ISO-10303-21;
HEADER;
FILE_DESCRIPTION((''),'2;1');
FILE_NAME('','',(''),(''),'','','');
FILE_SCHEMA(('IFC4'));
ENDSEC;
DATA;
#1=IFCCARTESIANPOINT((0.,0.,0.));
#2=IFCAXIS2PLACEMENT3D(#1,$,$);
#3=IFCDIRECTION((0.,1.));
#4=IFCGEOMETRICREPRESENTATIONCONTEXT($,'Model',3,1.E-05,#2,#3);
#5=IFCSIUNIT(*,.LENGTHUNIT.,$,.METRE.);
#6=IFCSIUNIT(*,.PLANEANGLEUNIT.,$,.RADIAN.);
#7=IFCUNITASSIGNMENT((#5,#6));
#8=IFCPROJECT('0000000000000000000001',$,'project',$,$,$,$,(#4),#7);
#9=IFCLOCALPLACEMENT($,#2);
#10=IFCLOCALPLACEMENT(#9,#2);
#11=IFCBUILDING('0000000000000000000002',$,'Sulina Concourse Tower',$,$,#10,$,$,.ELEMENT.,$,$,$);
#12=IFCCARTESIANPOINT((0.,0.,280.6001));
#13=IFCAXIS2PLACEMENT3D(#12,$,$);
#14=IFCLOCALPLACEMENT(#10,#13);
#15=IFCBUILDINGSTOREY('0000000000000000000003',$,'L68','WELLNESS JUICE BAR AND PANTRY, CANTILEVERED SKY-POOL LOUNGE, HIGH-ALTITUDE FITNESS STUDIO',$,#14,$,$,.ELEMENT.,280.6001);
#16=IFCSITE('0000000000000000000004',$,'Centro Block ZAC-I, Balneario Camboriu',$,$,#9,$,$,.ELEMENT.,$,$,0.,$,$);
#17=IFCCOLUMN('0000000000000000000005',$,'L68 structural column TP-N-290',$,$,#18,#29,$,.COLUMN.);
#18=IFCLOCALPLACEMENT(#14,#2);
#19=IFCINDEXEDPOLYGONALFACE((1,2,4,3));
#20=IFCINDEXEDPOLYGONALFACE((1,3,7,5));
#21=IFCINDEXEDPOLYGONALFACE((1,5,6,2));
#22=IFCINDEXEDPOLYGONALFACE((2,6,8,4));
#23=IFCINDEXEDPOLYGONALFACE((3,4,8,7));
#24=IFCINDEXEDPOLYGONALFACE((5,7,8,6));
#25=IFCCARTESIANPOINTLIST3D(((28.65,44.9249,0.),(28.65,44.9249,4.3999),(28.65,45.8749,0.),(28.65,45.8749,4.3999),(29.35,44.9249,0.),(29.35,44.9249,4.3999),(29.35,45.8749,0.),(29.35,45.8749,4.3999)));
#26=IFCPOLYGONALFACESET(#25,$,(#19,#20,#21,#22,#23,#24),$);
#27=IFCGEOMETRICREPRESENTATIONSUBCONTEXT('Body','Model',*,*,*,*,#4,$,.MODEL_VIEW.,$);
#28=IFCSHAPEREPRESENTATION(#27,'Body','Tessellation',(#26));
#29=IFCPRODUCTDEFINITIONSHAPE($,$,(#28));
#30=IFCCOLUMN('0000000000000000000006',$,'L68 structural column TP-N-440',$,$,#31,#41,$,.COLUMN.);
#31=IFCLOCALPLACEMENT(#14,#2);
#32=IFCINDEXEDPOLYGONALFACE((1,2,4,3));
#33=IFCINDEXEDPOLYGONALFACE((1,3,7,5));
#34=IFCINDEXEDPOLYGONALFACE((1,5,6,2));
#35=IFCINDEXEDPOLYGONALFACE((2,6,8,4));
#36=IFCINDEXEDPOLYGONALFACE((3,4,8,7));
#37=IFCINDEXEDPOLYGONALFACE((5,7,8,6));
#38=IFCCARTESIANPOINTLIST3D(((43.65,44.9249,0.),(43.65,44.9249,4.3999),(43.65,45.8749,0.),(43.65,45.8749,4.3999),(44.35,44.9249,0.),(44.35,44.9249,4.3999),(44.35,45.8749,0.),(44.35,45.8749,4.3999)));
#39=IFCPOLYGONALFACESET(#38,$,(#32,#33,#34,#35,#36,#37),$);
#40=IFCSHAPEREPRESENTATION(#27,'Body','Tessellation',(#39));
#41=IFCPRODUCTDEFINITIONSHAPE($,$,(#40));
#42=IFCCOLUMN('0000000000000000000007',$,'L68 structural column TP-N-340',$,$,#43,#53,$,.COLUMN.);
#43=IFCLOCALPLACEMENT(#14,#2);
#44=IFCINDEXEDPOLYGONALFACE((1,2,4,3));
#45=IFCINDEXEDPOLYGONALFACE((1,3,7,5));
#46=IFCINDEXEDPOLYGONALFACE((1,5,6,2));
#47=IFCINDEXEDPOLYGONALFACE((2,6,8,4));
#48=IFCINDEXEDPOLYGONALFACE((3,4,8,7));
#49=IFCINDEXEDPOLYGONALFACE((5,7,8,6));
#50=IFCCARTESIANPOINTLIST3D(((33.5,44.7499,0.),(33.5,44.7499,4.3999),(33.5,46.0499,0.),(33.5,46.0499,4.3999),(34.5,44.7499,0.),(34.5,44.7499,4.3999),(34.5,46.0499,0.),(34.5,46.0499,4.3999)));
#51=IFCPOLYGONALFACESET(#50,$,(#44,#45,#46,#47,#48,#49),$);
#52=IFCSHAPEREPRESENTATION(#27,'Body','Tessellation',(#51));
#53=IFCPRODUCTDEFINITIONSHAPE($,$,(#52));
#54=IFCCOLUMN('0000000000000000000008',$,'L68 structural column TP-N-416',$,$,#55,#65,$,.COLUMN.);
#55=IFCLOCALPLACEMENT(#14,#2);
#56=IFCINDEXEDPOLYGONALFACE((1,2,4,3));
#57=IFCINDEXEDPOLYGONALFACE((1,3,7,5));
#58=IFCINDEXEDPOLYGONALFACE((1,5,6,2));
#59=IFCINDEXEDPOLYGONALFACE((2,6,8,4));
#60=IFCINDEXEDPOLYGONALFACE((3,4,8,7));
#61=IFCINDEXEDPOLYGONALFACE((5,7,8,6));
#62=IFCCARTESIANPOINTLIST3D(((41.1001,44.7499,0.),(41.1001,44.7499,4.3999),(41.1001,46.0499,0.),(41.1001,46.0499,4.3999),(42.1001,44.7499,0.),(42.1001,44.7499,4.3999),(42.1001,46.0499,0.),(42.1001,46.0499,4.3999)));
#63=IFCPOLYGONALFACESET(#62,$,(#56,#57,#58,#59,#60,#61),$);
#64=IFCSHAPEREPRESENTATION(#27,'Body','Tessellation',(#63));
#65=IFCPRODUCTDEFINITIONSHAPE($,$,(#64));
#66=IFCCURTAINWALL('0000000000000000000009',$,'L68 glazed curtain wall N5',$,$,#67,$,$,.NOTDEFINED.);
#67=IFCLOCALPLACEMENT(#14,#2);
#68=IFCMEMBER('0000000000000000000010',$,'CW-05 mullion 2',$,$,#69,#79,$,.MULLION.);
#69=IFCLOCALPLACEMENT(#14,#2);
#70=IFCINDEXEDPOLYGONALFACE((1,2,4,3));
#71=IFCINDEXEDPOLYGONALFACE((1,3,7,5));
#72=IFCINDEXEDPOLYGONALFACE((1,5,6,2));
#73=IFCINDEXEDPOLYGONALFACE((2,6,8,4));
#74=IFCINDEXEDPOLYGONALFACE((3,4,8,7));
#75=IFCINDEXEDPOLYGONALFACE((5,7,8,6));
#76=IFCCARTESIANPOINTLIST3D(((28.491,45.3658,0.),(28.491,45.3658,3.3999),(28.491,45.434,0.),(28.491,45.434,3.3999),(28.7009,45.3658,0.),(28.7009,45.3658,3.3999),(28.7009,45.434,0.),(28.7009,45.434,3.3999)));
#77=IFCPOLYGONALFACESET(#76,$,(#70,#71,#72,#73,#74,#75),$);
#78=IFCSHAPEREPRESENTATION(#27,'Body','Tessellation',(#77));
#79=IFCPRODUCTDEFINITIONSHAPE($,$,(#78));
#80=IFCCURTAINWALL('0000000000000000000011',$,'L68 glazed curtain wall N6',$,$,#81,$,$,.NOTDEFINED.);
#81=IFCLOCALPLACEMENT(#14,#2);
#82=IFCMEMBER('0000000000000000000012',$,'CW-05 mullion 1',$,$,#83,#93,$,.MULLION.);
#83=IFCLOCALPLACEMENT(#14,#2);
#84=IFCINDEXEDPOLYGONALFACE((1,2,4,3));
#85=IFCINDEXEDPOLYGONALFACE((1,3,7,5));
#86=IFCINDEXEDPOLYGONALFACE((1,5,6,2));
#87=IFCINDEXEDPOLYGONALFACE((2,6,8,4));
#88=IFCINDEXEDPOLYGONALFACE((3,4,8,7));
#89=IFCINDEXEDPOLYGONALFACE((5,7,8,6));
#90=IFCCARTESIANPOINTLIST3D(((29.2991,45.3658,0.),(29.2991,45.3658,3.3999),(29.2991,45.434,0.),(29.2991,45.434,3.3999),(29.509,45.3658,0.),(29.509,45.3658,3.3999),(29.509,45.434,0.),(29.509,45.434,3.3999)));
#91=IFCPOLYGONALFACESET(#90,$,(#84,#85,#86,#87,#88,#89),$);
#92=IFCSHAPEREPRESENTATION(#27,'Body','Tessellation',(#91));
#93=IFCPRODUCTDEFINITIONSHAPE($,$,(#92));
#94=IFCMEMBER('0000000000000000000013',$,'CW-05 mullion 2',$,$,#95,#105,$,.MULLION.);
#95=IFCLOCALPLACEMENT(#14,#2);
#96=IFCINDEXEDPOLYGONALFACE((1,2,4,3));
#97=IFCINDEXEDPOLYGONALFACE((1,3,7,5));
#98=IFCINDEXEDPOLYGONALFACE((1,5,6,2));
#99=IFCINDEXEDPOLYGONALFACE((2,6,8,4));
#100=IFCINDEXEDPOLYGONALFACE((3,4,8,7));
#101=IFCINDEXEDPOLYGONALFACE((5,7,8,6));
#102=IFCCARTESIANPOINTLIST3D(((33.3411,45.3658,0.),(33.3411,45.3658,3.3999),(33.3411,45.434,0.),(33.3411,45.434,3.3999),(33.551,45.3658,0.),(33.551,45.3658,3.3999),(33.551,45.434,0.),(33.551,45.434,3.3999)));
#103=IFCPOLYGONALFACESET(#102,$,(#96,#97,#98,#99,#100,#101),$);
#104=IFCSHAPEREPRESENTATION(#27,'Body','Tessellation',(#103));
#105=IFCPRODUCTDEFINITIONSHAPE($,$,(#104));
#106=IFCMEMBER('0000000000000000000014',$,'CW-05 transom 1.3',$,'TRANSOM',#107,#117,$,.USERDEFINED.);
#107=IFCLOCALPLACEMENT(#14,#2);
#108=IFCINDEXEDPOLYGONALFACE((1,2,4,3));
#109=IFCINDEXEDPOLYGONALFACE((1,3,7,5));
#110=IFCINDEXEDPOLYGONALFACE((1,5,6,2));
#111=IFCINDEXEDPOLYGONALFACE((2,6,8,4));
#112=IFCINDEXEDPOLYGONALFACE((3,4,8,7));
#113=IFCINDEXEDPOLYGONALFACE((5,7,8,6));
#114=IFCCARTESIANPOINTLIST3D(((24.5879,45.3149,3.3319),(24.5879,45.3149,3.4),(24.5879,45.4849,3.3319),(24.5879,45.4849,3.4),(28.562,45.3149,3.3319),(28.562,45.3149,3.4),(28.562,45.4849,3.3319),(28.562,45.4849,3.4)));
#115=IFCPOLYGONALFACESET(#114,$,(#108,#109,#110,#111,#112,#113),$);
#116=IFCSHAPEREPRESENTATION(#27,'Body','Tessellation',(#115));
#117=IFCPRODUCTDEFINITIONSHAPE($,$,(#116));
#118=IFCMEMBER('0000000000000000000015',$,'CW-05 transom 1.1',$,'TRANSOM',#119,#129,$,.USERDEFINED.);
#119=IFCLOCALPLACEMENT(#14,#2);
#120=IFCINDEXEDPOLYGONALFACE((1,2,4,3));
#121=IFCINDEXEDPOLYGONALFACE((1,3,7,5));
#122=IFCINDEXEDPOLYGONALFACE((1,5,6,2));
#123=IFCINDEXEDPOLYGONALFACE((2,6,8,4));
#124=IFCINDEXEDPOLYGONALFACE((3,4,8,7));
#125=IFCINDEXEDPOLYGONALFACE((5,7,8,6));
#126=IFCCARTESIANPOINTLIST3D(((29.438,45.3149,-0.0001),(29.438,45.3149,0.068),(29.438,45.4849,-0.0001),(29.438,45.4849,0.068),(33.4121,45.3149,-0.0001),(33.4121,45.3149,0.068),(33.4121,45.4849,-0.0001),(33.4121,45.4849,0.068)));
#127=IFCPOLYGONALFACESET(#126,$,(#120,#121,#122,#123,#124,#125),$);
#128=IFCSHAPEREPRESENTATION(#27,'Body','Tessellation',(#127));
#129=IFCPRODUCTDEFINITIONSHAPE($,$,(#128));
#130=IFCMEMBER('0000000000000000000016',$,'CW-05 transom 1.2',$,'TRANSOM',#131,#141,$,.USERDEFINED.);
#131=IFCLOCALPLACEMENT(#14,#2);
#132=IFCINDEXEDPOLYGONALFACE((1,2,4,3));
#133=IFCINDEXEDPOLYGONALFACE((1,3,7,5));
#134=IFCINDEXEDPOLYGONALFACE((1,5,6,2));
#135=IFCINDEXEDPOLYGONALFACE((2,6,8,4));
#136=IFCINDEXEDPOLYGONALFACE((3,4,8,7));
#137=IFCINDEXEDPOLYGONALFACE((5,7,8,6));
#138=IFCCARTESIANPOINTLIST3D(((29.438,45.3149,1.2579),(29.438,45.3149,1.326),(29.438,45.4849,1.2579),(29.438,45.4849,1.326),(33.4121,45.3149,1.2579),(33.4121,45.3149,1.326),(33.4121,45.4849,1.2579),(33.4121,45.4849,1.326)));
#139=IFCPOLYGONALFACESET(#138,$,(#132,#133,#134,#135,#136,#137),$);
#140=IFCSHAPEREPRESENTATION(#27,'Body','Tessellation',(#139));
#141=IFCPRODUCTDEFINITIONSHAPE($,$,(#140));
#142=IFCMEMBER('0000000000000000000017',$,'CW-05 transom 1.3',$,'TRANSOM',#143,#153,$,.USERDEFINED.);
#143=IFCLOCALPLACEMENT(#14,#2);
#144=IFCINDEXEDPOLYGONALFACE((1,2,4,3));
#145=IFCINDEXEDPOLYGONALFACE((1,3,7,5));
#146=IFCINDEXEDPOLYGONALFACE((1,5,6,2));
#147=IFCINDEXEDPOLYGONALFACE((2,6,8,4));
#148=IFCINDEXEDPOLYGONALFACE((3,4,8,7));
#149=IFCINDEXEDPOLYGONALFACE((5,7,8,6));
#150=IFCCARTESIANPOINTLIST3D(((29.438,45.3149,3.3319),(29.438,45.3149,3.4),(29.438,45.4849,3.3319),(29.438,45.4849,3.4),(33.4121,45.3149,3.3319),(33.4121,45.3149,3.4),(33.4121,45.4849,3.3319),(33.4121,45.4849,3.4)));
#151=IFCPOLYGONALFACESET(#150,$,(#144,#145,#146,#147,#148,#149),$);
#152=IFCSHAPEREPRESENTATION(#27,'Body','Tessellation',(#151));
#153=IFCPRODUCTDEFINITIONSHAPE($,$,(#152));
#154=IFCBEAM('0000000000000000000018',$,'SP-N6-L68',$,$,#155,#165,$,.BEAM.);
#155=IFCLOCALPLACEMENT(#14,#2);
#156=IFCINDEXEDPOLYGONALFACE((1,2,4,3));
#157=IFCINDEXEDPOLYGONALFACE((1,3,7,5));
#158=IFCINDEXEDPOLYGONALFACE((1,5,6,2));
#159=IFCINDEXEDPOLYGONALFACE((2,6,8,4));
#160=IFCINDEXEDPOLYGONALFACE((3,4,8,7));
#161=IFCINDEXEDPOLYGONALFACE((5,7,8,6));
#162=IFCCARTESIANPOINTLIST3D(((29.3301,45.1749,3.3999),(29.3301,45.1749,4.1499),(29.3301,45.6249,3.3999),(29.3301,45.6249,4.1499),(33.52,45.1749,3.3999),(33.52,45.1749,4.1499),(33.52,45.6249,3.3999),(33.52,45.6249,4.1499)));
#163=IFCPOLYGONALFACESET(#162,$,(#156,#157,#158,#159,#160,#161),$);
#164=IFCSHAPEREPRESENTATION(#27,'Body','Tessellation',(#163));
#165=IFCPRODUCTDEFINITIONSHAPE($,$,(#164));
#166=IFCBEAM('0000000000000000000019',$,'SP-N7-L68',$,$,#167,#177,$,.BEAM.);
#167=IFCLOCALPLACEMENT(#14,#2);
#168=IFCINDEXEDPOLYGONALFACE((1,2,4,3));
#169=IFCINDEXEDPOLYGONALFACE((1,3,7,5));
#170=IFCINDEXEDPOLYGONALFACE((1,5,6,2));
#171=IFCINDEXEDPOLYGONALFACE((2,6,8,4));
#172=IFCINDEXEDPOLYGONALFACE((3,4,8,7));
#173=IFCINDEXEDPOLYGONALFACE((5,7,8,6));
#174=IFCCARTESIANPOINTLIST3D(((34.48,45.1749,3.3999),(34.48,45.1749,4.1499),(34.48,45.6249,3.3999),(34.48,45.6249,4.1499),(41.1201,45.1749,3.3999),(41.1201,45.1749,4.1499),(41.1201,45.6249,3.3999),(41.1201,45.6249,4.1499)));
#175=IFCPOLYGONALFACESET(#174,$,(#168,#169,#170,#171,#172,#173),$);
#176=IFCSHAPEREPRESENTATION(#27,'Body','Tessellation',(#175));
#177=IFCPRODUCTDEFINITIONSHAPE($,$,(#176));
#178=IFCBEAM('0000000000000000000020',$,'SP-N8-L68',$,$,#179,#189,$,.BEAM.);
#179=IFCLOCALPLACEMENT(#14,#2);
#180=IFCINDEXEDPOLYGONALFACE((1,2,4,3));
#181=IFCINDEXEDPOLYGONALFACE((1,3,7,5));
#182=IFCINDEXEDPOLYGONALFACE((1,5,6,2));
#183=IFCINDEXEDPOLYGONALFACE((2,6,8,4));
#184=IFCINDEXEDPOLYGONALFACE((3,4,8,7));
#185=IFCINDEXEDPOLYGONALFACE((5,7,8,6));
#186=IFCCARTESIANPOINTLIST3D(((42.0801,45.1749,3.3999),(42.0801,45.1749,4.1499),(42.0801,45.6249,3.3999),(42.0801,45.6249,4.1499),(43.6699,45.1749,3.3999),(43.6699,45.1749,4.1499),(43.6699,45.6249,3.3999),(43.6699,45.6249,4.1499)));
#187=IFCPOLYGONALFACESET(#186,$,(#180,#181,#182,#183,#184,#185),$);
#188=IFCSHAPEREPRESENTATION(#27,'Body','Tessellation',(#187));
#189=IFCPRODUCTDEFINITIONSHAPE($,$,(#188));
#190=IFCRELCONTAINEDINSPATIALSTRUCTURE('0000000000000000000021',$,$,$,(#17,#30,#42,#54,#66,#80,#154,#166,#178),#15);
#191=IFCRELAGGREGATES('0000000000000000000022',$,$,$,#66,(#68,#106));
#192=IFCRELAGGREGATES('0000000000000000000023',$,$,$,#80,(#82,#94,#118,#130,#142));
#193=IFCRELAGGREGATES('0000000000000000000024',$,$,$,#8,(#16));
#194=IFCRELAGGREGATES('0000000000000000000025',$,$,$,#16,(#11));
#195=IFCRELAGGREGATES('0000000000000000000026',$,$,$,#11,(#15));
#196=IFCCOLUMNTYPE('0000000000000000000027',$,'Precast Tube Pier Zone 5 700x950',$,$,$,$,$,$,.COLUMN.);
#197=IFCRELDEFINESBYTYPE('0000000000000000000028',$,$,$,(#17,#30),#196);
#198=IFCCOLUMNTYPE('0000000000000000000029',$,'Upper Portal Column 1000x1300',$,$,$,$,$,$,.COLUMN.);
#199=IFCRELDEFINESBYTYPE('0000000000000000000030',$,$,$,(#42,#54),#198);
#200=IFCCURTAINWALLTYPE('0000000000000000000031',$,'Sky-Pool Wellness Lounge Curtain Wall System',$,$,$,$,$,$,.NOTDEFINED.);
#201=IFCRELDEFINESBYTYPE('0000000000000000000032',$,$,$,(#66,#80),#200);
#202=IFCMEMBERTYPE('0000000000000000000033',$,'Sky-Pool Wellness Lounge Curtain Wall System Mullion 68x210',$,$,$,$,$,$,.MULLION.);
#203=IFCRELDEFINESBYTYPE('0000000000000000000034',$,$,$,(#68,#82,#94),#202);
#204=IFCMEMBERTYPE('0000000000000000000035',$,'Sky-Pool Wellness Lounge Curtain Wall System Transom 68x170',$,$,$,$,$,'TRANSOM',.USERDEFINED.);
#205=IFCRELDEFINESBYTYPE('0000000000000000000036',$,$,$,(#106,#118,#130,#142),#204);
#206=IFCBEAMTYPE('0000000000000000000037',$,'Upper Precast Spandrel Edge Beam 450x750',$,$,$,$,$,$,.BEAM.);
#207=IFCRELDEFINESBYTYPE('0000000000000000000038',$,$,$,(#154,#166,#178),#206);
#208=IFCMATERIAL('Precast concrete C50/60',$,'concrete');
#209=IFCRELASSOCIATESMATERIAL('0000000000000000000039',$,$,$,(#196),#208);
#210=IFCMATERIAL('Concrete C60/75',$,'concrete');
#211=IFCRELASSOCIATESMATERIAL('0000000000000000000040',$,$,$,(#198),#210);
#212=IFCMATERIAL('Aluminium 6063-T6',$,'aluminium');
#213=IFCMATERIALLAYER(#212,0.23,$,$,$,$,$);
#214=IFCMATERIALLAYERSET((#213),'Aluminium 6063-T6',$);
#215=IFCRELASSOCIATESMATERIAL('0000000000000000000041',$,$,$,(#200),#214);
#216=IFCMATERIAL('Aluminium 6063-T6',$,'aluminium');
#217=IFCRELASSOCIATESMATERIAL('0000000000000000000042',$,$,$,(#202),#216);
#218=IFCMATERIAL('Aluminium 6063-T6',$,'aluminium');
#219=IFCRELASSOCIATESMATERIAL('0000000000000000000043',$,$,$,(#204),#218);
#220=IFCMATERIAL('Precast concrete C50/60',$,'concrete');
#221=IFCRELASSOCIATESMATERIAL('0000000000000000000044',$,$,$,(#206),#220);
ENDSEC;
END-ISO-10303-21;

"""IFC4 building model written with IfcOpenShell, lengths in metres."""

from ifc_helpers import new_model, si_unit, direction, frame, origin, origin_2d, place, context, subcontext, project, spatial, rectangle, extrude, material, layer, layer_set, material_profile, profile_set, type_object, element, aggregate, save


model = new_model("IFC4")

# Units and contexts
model_context = context("Model", 3, precision=1e-05, world=origin(), true_north=direction((0.0, 1.0)))
body_context = subcontext(model_context, "Body", "Model", "MODEL_VIEW")
ifc_project = project(units=[si_unit("LENGTHUNIT", "METRE"), si_unit("PLANEANGLEUNIT", "RADIAN")], contexts=[model_context])

# Site, building, storey
site_placement = place(None, origin())
site = spatial("IfcSite", under=ifc_project, at=site_placement, Name="Centro Block ZAC-I, Balneario Camboriu", CompositionType="ELEMENT", RefElevation=0.0)
building_placement = place(site_placement, origin())
building = spatial("IfcBuilding", under=site, at=building_placement, Name="Sulina Concourse Tower", CompositionType="ELEMENT")
storey_placement = place(building_placement, frame((0.0, 0.0, 280.6001)))
storey = spatial("IfcBuildingStorey", under=building, at=storey_placement, Name="L68", Description="WELLNESS JUICE BAR AND PANTRY, CANTILEVERED SKY-POOL LOUNGE, HIGH-ALTITUDE FITNESS STUDIO", CompositionType="ELEMENT", Elevation=280.6001)

# Columns
ifc_material_1 = material(Name="Precast concrete C50/60", Category="concrete")
ifc_material_profile_1 = material_profile(ifc_material_1, rectangle(XDim=0.7, YDim=0.95, at=origin_2d()), Name="PC 700x950")
ifc_profile_set_1 = profile_set([ifc_material_profile_1], Name="Precast concrete C50/60")
column_type_1 = type_object("IfcColumnType", Name="Precast Tube Pier Zone 5 700x950", PredefinedType="COLUMN", material=ifc_profile_set_1)
for number, where, z_axis, x_axis, name in (
    (1, (29.0, 45.3999, 0.0), (0.0, 0.0, 1.0), (1.0, 0.0, 0.0), "L68 structural column TP-N-290"),
    (2, (44.0, 45.3999, 0.0), (0.0, 0.0, 1.0), (1.0, 0.0, 0.0), "L68 structural column TP-N-440"),
):
    element("IfcColumn", number, at=place(storey_placement, frame(where, z_axis=z_axis, x_axis=x_axis)), inside=storey, type_object=column_type_1, Name=name, PredefinedType="COLUMN", context=body_context, shape_type="SweptSolid", body=[
        extrude(rectangle(XDim=0.7, YDim=0.95, at=origin_2d()), origin(), (0.0, 0.0, 1.0), 4.3999),
    ])
ifc_material_2 = material(Name="Concrete C60/75", Category="concrete")
ifc_material_profile_2 = material_profile(ifc_material_2, rectangle(XDim=1.0, YDim=1.3, at=origin_2d()), Name="RC 1000x1300")
ifc_profile_set_2 = profile_set([ifc_material_profile_2], Name="Concrete C60/75")
column_type_2 = type_object("IfcColumnType", Name="Upper Portal Column 1000x1300", PredefinedType="COLUMN", material=ifc_profile_set_2)
for number, where, z_axis, x_axis, name in (
    (3, (34.0, 45.3999, 0.0), (0.0, 0.0, 1.0), (1.0, 0.0, 0.0), "L68 structural column TP-N-340"),
    (4, (41.6001, 45.3999, 0.0), (0.0, 0.0, 1.0), (1.0, 0.0, 0.0), "L68 structural column TP-N-416"),
):
    element("IfcColumn", number, at=place(storey_placement, frame(where, z_axis=z_axis, x_axis=x_axis)), inside=storey, type_object=column_type_2, Name=name, PredefinedType="COLUMN", context=body_context, shape_type="SweptSolid", body=[
        extrude(rectangle(XDim=1.0, YDim=1.3, at=origin_2d()), origin(), (0.0, 0.0, 1.0), 4.3999),
    ])

# Curtain wall, member
ifc_material_3 = material(Name="Aluminium 6063-T6", Category="aluminium")
ifc_layer_1 = layer(ifc_material_3, 0.23)
ifc_layer_set_1 = layer_set([ifc_layer_1], Name="Aluminium 6063-T6")
curtain_wall_type = type_object("IfcCurtainWallType", Name="Sky-Pool Wellness Lounge Curtain Wall System", PredefinedType="NOTDEFINED", material=ifc_layer_set_1)
curtain_wall_1_placement = place(storey_placement, origin())
curtain_wall_1 = element("IfcCurtainWall", 5, at=curtain_wall_1_placement, inside=storey, type_object=curtain_wall_type, Name="L68 glazed curtain wall N5", PredefinedType="NOTDEFINED")
ifc_material_4 = material(Name="Aluminium 6063-T6", Category="aluminium")
ifc_material_profile_3 = material_profile(ifc_material_4, rectangle(XDim=0.0681, YDim=0.21, at=origin_2d()), Name="MUL 68x210")
ifc_profile_set_3 = profile_set([ifc_material_profile_3], Name="Aluminium 6063-T6")
member_type_1 = type_object("IfcMemberType", Name="Sky-Pool Wellness Lounge Curtain Wall System Mullion 68x210", PredefinedType="MULLION", material=ifc_profile_set_3)
member_1_placement = place(storey_placement, frame((28.5959, 45.3999, 0.0), z_axis=(0.0, 0.0, 1.0), x_axis=(0.0, 1.0, 0.0)))
member_1 = element("IfcMember", 6, at=member_1_placement, type_object=member_type_1, Name="CW-05 mullion 2", PredefinedType="MULLION", context=body_context, shape_type="SweptSolid", body=[
    extrude(rectangle(XDim=0.0681, YDim=0.21, at=origin_2d()), origin(), (0.0, 0.0, 1.0), 3.3999),
])

# Curtain wall, members
curtain_wall_2_placement = place(storey_placement, origin())
curtain_wall_2 = element("IfcCurtainWall", 7, at=curtain_wall_2_placement, inside=storey, type_object=curtain_wall_type, Name="L68 glazed curtain wall N6", PredefinedType="NOTDEFINED")
member_2_placement = place(storey_placement, frame((29.4041, 45.3999, 0.0), z_axis=(0.0, 0.0, 1.0), x_axis=(0.0, 1.0, 0.0)))
member_2 = element("IfcMember", 8, at=member_2_placement, type_object=member_type_1, Name="CW-05 mullion 1", PredefinedType="MULLION", context=body_context, shape_type="SweptSolid", body=[
    extrude(rectangle(XDim=0.0681, YDim=0.21, at=origin_2d()), origin(), (0.0, 0.0, 1.0), 3.3999),
])
member_3_placement = place(storey_placement, frame((33.446, 45.3999, 0.0), z_axis=(0.0, 0.0, 1.0), x_axis=(0.0, 1.0, 0.0)))
member_3 = element("IfcMember", 9, at=member_3_placement, type_object=member_type_1, Name="CW-05 mullion 2", PredefinedType="MULLION", context=body_context, shape_type="SweptSolid", body=[
    extrude(rectangle(XDim=0.0681, YDim=0.21, at=origin_2d()), origin(), (0.0, 0.0, 1.0), 3.3999),
])

# Members
ifc_material_5 = material(Name="Aluminium 6063-T6", Category="aluminium")
ifc_material_profile_4 = material_profile(ifc_material_5, rectangle(XDim=0.1699, YDim=0.0681, at=origin_2d()), Name="TRN 68x170")
ifc_profile_set_4 = profile_set([ifc_material_profile_4], Name="Aluminium 6063-T6")
member_type_2 = type_object("IfcMemberType", Name="Sky-Pool Wellness Lounge Curtain Wall System Transom 68x170", ElementType="TRANSOM", PredefinedType="USERDEFINED", material=ifc_profile_set_4)
member_4_placement = place(storey_placement, frame((24.5879, 45.3999, 3.366), z_axis=(1.0, 0.0, 0.0), x_axis=(0.0, 1.0, 0.0)))
member_4 = element("IfcMember", 10, at=member_4_placement, type_object=member_type_2, Name="CW-05 transom 1.3", ObjectType="TRANSOM", PredefinedType="USERDEFINED", context=body_context, shape_type="SweptSolid", body=[
    extrude(rectangle(XDim=0.1699, YDim=0.0681, at=origin_2d()), origin(), (0.0, 0.0, 1.0), 3.9741),
])
member_5_placement = place(storey_placement, frame((29.438, 45.3999, 0.0339), z_axis=(1.0, 0.0, 0.0), x_axis=(0.0, 1.0, 0.0)))
member_5 = element("IfcMember", 11, at=member_5_placement, type_object=member_type_2, Name="CW-05 transom 1.1", ObjectType="TRANSOM", PredefinedType="USERDEFINED", context=body_context, shape_type="SweptSolid", body=[
    extrude(rectangle(XDim=0.1699, YDim=0.0681, at=origin_2d()), origin(), (0.0, 0.0, 1.0), 3.9741),
])
member_6_placement = place(storey_placement, frame((29.438, 45.3999, 1.292), z_axis=(1.0, 0.0, 0.0), x_axis=(0.0, 1.0, 0.0)))
member_6 = element("IfcMember", 12, at=member_6_placement, type_object=member_type_2, Name="CW-05 transom 1.2", ObjectType="TRANSOM", PredefinedType="USERDEFINED", context=body_context, shape_type="SweptSolid", body=[
    extrude(rectangle(XDim=0.1699, YDim=0.0681, at=origin_2d()), origin(), (0.0, 0.0, 1.0), 3.9741),
])
member_7_placement = place(storey_placement, frame((29.438, 45.3999, 3.366), z_axis=(1.0, 0.0, 0.0), x_axis=(0.0, 1.0, 0.0)))
member_7 = element("IfcMember", 13, at=member_7_placement, type_object=member_type_2, Name="CW-05 transom 1.3", ObjectType="TRANSOM", PredefinedType="USERDEFINED", context=body_context, shape_type="SweptSolid", body=[
    extrude(rectangle(XDim=0.1699, YDim=0.0681, at=origin_2d()), origin(), (0.0, 0.0, 1.0), 3.9741),
])

# Beams
ifc_material_6 = material(Name="Precast concrete C50/60", Category="concrete")
ifc_material_profile_5 = material_profile(ifc_material_6, rectangle(XDim=0.45, YDim=0.75, at=origin_2d()), Name="RC 450x750")
ifc_profile_set_5 = profile_set([ifc_material_profile_5], Name="Precast concrete C50/60")
beam_type = type_object("IfcBeamType", Name="Upper Precast Spandrel Edge Beam 450x750", PredefinedType="BEAM", material=ifc_profile_set_5)
beam_1_placement = place(storey_placement, frame((29.3301, 45.3999, 3.7749), z_axis=(1.0, 0.0, 0.0), x_axis=(0.0, 1.0, 0.0)))
element("IfcBeam", 14, at=beam_1_placement, inside=storey, type_object=beam_type, Name="SP-N6-L68", PredefinedType="BEAM", context=body_context, shape_type="SweptSolid", body=[
    extrude(rectangle(XDim=0.45, YDim=0.75, at=origin_2d()), origin(), (0.0, 0.0, 1.0), 4.1899),
])
beam_2_placement = place(storey_placement, frame((34.48, 45.3999, 3.7749), z_axis=(1.0, 0.0, 0.0), x_axis=(0.0, 1.0, 0.0)))
element("IfcBeam", 15, at=beam_2_placement, inside=storey, type_object=beam_type, Name="SP-N7-L68", PredefinedType="BEAM", context=body_context, shape_type="SweptSolid", body=[
    extrude(rectangle(XDim=0.45, YDim=0.75, at=origin_2d()), origin(), (0.0, 0.0, 1.0), 6.6401),
])
beam_3_placement = place(storey_placement, frame((42.0801, 45.3999, 3.7749), z_axis=(1.0, 0.0, 0.0), x_axis=(0.0, 1.0, 0.0)))
element("IfcBeam", 16, at=beam_3_placement, inside=storey, type_object=beam_type, Name="SP-N8-L68", PredefinedType="BEAM", context=body_context, shape_type="SweptSolid", body=[
    extrude(rectangle(XDim=0.45, YDim=0.75, at=origin_2d()), origin(), (0.0, 0.0, 1.0), 1.5898),
])

aggregate(curtain_wall_1, [member_1, member_4])
aggregate(curtain_wall_2, [member_2, member_3, member_5, member_6, member_7])

save(model, "model.ifc")
